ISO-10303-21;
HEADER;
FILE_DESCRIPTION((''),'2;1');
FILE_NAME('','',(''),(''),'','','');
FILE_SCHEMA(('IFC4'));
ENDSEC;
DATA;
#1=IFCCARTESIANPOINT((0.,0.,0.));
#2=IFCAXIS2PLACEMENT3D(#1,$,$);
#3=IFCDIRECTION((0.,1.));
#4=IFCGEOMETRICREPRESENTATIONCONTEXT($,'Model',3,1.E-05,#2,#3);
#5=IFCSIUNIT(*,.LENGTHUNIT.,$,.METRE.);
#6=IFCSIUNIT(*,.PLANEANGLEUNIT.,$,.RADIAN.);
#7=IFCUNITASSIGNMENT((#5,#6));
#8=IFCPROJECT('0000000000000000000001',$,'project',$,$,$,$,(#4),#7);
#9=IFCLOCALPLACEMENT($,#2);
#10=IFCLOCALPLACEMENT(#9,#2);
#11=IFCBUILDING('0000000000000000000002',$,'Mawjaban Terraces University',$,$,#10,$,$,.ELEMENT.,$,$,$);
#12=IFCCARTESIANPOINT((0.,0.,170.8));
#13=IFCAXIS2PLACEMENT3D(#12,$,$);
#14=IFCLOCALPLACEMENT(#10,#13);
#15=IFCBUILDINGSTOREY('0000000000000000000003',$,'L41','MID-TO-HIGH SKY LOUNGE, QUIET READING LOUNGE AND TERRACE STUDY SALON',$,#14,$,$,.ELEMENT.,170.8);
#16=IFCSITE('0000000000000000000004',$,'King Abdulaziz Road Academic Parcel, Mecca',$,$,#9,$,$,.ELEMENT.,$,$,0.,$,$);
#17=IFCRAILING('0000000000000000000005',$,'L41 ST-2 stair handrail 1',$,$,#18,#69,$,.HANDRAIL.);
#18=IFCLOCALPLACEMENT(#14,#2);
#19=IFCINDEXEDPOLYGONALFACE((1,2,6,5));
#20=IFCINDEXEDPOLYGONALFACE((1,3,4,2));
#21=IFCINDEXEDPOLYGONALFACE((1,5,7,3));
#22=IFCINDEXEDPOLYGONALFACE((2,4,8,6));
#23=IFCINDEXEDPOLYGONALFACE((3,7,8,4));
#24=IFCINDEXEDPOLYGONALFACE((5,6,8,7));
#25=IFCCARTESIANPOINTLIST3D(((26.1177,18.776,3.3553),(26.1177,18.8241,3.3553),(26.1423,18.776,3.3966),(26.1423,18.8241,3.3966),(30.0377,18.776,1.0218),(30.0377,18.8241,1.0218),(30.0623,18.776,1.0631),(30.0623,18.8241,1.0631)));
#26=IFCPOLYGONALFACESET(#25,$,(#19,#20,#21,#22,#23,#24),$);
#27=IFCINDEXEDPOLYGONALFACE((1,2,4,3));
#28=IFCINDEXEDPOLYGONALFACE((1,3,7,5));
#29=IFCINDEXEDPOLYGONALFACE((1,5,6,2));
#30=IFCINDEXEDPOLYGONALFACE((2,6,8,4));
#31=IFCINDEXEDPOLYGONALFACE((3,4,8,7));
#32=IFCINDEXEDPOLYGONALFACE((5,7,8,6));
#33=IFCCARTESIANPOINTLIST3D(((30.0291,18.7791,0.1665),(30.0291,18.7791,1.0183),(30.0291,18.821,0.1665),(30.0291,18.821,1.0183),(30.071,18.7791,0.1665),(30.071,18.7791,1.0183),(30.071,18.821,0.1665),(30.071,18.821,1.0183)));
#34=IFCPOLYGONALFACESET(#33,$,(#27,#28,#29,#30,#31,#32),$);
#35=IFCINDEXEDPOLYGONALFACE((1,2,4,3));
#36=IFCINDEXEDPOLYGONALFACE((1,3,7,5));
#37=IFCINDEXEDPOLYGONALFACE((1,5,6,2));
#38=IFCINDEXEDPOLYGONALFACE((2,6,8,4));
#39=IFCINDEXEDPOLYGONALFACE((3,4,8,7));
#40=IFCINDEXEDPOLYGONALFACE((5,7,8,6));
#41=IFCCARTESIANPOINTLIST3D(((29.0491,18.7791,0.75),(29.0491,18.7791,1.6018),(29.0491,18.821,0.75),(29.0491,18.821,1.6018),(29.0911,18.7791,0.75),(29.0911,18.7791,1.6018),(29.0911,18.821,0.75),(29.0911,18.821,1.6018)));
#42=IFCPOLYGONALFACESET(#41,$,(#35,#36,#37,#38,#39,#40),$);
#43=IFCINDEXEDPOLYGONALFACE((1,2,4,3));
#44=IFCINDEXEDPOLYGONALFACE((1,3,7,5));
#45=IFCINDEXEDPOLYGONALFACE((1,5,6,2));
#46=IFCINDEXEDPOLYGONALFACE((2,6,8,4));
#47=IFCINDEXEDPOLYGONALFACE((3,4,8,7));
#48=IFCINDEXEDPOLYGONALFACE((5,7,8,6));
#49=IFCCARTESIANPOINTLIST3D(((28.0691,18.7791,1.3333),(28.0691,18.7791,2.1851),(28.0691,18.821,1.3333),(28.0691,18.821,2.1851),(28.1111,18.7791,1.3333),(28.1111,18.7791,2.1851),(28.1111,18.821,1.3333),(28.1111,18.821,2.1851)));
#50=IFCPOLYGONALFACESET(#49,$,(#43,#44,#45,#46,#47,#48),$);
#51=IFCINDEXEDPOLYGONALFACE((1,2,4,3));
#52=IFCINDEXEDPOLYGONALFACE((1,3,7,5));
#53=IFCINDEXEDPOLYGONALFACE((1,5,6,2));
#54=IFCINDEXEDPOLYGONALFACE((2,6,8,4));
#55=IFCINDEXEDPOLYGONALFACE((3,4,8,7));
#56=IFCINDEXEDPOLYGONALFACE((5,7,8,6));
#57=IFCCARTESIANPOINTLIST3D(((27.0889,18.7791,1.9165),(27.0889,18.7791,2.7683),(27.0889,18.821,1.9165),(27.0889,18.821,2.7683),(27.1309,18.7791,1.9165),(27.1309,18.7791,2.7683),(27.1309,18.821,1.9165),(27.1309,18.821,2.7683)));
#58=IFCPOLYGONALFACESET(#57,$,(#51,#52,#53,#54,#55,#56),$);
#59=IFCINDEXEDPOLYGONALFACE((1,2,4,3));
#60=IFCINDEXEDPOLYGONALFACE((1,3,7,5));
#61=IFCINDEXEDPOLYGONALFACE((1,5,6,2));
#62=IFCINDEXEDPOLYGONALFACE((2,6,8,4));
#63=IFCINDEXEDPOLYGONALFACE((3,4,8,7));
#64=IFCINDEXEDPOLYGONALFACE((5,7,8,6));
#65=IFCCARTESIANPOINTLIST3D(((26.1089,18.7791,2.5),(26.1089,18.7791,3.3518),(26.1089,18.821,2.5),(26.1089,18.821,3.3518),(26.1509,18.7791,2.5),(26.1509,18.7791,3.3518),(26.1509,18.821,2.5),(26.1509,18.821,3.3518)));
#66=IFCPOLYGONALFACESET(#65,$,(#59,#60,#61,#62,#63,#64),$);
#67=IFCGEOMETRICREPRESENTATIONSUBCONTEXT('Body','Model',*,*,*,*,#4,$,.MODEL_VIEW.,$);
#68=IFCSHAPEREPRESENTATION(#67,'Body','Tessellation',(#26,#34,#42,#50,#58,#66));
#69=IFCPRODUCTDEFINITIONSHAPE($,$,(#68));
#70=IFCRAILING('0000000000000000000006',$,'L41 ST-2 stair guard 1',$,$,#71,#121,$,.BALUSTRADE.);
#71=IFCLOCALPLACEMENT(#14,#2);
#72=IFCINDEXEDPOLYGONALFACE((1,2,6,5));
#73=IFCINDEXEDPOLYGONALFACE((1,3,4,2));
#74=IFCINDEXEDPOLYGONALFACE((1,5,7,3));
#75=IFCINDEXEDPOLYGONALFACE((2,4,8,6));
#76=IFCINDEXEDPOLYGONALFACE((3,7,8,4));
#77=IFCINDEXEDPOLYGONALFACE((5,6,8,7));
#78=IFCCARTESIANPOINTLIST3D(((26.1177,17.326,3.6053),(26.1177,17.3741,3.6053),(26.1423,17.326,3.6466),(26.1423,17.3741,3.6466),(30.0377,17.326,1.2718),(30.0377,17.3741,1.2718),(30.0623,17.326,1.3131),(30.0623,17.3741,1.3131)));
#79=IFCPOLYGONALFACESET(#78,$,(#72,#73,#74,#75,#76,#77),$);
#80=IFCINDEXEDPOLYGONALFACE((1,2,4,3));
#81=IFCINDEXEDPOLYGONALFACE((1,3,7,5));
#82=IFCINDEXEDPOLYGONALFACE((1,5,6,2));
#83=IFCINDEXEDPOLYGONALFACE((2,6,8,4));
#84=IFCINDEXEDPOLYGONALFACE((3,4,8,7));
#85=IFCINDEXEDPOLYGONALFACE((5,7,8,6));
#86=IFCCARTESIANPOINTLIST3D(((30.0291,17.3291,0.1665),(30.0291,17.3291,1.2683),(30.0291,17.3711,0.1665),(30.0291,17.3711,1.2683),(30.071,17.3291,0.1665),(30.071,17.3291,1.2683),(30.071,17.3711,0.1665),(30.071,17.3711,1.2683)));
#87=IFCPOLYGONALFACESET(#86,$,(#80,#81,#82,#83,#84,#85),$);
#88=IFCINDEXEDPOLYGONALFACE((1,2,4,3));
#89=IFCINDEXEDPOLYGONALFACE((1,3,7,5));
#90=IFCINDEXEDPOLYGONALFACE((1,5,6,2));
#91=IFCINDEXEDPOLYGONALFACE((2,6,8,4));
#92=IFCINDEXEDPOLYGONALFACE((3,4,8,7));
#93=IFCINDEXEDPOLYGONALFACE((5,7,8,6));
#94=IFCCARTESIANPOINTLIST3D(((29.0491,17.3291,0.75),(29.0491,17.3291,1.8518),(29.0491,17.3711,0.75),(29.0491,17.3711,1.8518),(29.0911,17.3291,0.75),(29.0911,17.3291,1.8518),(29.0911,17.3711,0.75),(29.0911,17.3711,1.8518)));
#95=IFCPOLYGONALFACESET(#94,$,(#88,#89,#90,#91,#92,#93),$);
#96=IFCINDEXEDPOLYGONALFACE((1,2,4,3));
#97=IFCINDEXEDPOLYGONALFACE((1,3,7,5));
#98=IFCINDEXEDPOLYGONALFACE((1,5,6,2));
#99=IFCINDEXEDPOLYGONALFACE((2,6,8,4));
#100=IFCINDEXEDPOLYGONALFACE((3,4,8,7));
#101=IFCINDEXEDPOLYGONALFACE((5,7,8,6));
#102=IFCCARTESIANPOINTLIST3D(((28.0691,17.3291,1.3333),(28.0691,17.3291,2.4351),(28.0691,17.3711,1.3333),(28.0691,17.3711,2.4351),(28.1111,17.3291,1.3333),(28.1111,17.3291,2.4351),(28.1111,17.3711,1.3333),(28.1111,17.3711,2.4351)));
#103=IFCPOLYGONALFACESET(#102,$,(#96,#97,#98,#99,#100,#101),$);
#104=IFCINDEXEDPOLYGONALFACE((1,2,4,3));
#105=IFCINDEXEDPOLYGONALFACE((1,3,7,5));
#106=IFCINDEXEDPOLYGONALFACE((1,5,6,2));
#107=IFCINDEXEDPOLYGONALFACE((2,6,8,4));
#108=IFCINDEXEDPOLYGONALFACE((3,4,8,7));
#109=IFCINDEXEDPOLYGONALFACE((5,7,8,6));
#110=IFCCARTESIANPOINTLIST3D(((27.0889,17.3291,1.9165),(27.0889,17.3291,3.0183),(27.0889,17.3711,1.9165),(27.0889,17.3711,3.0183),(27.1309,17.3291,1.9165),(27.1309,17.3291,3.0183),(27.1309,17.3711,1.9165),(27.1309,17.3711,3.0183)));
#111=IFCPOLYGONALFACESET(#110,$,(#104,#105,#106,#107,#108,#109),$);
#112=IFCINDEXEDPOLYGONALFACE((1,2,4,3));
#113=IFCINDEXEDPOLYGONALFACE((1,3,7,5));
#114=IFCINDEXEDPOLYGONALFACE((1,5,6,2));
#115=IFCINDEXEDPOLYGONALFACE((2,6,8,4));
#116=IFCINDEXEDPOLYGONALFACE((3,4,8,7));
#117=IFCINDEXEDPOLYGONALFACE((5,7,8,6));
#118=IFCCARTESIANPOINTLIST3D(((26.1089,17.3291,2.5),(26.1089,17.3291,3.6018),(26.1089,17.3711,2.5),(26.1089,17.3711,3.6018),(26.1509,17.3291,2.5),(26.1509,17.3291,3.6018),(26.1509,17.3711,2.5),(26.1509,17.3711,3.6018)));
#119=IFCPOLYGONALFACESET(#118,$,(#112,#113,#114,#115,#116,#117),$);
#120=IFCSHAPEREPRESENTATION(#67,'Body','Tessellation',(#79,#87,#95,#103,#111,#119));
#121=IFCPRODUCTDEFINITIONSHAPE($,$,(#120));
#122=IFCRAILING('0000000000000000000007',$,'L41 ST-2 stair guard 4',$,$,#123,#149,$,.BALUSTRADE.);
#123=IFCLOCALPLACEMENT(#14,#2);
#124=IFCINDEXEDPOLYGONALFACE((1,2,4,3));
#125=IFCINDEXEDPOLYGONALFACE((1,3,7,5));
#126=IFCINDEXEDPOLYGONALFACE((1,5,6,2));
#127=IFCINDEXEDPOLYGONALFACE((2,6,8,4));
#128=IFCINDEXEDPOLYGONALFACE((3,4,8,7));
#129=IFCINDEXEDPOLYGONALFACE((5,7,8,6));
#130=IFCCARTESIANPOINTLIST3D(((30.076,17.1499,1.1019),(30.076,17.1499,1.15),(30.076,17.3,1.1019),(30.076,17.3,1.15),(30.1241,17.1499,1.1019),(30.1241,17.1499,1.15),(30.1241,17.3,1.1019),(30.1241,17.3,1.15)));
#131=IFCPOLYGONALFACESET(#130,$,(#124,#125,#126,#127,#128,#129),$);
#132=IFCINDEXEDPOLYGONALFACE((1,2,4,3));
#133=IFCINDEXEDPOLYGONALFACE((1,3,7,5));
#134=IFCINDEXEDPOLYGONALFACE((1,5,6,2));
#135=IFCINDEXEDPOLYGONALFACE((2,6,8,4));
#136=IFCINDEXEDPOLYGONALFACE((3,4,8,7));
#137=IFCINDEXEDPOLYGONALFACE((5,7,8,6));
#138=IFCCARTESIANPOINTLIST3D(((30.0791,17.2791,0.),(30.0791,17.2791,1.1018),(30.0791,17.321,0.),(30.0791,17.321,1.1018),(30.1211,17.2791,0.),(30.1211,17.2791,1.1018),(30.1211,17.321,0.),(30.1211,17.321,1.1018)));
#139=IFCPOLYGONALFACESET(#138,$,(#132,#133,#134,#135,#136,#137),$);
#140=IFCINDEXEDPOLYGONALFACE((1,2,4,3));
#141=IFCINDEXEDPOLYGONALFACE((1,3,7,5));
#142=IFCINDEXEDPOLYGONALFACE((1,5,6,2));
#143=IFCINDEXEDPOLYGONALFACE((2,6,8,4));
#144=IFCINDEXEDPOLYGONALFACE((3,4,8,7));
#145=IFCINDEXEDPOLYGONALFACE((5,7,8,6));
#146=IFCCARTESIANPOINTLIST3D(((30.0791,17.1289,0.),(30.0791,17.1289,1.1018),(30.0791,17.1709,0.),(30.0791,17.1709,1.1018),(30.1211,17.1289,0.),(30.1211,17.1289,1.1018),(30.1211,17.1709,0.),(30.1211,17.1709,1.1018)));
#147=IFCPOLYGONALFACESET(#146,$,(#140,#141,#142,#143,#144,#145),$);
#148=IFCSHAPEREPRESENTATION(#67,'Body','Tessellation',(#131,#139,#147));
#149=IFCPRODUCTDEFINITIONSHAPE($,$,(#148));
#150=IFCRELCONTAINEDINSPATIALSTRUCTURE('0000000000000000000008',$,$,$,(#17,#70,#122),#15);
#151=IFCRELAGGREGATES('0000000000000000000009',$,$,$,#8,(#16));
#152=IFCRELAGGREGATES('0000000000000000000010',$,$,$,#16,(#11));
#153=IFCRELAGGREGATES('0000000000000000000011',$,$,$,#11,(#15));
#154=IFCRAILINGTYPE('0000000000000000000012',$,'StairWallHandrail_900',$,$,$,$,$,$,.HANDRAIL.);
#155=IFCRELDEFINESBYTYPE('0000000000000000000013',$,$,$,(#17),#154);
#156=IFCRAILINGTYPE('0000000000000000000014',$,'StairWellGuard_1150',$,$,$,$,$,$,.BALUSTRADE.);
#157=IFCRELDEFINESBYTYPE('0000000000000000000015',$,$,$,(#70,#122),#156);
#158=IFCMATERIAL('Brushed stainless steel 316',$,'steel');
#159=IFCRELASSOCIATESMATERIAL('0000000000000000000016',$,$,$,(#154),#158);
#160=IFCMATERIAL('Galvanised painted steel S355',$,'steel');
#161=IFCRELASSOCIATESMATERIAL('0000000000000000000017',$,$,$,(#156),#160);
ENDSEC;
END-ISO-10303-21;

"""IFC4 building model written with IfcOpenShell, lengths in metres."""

from ifc_helpers import new_model, si_unit, direction, frame, origin, origin_2d, place, context, subcontext, project, spatial, rectangle, extrude, material, type_object, element, save


model = new_model("IFC4")

# Units and contexts
model_context = context("Model", 3, precision=1e-05, world=origin(), true_north=direction((0.0, 1.0)))
body_context = subcontext(model_context, "Body", "Model", "MODEL_VIEW")
ifc_project = project(units=[si_unit("LENGTHUNIT", "METRE"), si_unit("PLANEANGLEUNIT", "RADIAN")], contexts=[model_context])

# Site, building, storey
site_placement = place(None, origin())
site = spatial("IfcSite", under=ifc_project, at=site_placement, Name="King Abdulaziz Road Academic Parcel, Mecca", CompositionType="ELEMENT", RefElevation=0.0)
building_placement = place(site_placement, origin())
building = spatial("IfcBuilding", under=site, at=building_placement, Name="Mawjaban Terraces University", CompositionType="ELEMENT")
storey_placement = place(building_placement, frame((0.0, 0.0, 170.8)))
storey = spatial("IfcBuildingStorey", under=building, at=storey_placement, Name="L41", Description="MID-TO-HIGH SKY LOUNGE, QUIET READING LOUNGE AND TERRACE STUDY SALON", CompositionType="ELEMENT", Elevation=170.8)

# Railings
ifc_material_1 = material(Name="Brushed stainless steel 316", Category="steel")
railing_type_1 = type_object("IfcRailingType", Name="StairWallHandrail_900", PredefinedType="HANDRAIL", material=ifc_material_1)
railing_1_placement = place(storey_placement, frame((30.05, 18.8, 0.1665)))
element("IfcRailing", 1, at=railing_1_placement, inside=storey, type_object=railing_type_1, Name="L41 ST-2 stair handrail 1", PredefinedType="HANDRAIL", context=body_context, shape_type="SweptSolid", body=[
    extrude(rectangle(XDim=0.0481, YDim=0.0481, at=origin_2d()), frame((0.0, 0.0, 0.876), z_axis=(-0.859287, 0.0, 0.511494), x_axis=(0.0, -1.0, 0.0)), (0.0, 0.0, 1.0), 4.562),
    extrude(rectangle(XDim=0.042, YDim=0.042, at=origin_2d()), origin(), (0.0, 0.0, 1.0), 0.8518),
    extrude(rectangle(XDim=0.042, YDim=0.042, at=origin_2d()), frame((-0.98, 0.0, 0.5835)), (0.0, 0.0, 1.0), 0.8518),
    extrude(rectangle(XDim=0.042, YDim=0.042, at=origin_2d()), frame((-1.96, 0.0, 1.1667)), (0.0, 0.0, 1.0), 0.8518),
    extrude(rectangle(XDim=0.042, YDim=0.042, at=origin_2d()), frame((-2.9402, 0.0, 1.75)), (0.0, 0.0, 1.0), 0.8518),
    extrude(rectangle(XDim=0.042, YDim=0.042, at=origin_2d()), frame((-3.9202, 0.0, 2.3335)), (0.0, 0.0, 1.0), 0.8518),
])
ifc_material_2 = material(Name="Galvanised painted steel S355", Category="steel")
railing_type_2 = type_object("IfcRailingType", Name="StairWellGuard_1150", PredefinedType="BALUSTRADE", material=ifc_material_2)
railing_2_placement = place(storey_placement, frame((30.05, 17.3501, 0.1665)))
element("IfcRailing", 2, at=railing_2_placement, inside=storey, type_object=railing_type_2, Name="L41 ST-2 stair guard 1", PredefinedType="BALUSTRADE", context=body_context, shape_type="SweptSolid", body=[
    extrude(rectangle(XDim=0.0481, YDim=0.0481, at=origin_2d()), frame((0.0, 0.0, 1.126), z_axis=(-0.859287, 0.0, 0.511494), x_axis=(0.0, -1.0, 0.0)), (0.0, 0.0, 1.0), 4.562),
    extrude(rectangle(XDim=0.042, YDim=0.042, at=origin_2d()), origin(), (0.0, 0.0, 1.0), 1.1018),
    extrude(rectangle(XDim=0.042, YDim=0.042, at=origin_2d()), frame((-0.98, 0.0, 0.5835)), (0.0, 0.0, 1.0), 1.1018),
    extrude(rectangle(XDim=0.042, YDim=0.042, at=origin_2d()), frame((-1.96, 0.0, 1.1667)), (0.0, 0.0, 1.0), 1.1018),
    extrude(rectangle(XDim=0.042, YDim=0.042, at=origin_2d()), frame((-2.9402, 0.0, 1.75)), (0.0, 0.0, 1.0), 1.1018),
    extrude(rectangle(XDim=0.042, YDim=0.042, at=origin_2d()), frame((-3.9202, 0.0, 2.3335)), (0.0, 0.0, 1.0), 1.1018),
])
railing_3_placement = place(storey_placement, frame((30.1001, 17.3, 0.0)))
element("IfcRailing", 3, at=railing_3_placement, inside=storey, type_object=railing_type_2, Name="L41 ST-2 stair guard 4", PredefinedType="BALUSTRADE", context=body_context, shape_type="SweptSolid", body=[
    extrude(rectangle(XDim=0.0481, YDim=0.0481, at=origin_2d()), frame((0.0, 0.0, 1.126), z_axis=(0.0, -1.0, 0.0), x_axis=(1.0, 0.0, 0.0)), (0.0, 0.0, 1.0), 0.1501),
    extrude(rectangle(XDim=0.042, YDim=0.042, at=origin_2d()), origin(), (0.0, 0.0, 1.0), 1.1018),
    extrude(rectangle(XDim=0.042, YDim=0.042, at=origin_2d()), frame((0.0, -0.1501, 0.0)), (0.0, 0.0, 1.0), 1.1018),
])

save(model, "model.ifc")
